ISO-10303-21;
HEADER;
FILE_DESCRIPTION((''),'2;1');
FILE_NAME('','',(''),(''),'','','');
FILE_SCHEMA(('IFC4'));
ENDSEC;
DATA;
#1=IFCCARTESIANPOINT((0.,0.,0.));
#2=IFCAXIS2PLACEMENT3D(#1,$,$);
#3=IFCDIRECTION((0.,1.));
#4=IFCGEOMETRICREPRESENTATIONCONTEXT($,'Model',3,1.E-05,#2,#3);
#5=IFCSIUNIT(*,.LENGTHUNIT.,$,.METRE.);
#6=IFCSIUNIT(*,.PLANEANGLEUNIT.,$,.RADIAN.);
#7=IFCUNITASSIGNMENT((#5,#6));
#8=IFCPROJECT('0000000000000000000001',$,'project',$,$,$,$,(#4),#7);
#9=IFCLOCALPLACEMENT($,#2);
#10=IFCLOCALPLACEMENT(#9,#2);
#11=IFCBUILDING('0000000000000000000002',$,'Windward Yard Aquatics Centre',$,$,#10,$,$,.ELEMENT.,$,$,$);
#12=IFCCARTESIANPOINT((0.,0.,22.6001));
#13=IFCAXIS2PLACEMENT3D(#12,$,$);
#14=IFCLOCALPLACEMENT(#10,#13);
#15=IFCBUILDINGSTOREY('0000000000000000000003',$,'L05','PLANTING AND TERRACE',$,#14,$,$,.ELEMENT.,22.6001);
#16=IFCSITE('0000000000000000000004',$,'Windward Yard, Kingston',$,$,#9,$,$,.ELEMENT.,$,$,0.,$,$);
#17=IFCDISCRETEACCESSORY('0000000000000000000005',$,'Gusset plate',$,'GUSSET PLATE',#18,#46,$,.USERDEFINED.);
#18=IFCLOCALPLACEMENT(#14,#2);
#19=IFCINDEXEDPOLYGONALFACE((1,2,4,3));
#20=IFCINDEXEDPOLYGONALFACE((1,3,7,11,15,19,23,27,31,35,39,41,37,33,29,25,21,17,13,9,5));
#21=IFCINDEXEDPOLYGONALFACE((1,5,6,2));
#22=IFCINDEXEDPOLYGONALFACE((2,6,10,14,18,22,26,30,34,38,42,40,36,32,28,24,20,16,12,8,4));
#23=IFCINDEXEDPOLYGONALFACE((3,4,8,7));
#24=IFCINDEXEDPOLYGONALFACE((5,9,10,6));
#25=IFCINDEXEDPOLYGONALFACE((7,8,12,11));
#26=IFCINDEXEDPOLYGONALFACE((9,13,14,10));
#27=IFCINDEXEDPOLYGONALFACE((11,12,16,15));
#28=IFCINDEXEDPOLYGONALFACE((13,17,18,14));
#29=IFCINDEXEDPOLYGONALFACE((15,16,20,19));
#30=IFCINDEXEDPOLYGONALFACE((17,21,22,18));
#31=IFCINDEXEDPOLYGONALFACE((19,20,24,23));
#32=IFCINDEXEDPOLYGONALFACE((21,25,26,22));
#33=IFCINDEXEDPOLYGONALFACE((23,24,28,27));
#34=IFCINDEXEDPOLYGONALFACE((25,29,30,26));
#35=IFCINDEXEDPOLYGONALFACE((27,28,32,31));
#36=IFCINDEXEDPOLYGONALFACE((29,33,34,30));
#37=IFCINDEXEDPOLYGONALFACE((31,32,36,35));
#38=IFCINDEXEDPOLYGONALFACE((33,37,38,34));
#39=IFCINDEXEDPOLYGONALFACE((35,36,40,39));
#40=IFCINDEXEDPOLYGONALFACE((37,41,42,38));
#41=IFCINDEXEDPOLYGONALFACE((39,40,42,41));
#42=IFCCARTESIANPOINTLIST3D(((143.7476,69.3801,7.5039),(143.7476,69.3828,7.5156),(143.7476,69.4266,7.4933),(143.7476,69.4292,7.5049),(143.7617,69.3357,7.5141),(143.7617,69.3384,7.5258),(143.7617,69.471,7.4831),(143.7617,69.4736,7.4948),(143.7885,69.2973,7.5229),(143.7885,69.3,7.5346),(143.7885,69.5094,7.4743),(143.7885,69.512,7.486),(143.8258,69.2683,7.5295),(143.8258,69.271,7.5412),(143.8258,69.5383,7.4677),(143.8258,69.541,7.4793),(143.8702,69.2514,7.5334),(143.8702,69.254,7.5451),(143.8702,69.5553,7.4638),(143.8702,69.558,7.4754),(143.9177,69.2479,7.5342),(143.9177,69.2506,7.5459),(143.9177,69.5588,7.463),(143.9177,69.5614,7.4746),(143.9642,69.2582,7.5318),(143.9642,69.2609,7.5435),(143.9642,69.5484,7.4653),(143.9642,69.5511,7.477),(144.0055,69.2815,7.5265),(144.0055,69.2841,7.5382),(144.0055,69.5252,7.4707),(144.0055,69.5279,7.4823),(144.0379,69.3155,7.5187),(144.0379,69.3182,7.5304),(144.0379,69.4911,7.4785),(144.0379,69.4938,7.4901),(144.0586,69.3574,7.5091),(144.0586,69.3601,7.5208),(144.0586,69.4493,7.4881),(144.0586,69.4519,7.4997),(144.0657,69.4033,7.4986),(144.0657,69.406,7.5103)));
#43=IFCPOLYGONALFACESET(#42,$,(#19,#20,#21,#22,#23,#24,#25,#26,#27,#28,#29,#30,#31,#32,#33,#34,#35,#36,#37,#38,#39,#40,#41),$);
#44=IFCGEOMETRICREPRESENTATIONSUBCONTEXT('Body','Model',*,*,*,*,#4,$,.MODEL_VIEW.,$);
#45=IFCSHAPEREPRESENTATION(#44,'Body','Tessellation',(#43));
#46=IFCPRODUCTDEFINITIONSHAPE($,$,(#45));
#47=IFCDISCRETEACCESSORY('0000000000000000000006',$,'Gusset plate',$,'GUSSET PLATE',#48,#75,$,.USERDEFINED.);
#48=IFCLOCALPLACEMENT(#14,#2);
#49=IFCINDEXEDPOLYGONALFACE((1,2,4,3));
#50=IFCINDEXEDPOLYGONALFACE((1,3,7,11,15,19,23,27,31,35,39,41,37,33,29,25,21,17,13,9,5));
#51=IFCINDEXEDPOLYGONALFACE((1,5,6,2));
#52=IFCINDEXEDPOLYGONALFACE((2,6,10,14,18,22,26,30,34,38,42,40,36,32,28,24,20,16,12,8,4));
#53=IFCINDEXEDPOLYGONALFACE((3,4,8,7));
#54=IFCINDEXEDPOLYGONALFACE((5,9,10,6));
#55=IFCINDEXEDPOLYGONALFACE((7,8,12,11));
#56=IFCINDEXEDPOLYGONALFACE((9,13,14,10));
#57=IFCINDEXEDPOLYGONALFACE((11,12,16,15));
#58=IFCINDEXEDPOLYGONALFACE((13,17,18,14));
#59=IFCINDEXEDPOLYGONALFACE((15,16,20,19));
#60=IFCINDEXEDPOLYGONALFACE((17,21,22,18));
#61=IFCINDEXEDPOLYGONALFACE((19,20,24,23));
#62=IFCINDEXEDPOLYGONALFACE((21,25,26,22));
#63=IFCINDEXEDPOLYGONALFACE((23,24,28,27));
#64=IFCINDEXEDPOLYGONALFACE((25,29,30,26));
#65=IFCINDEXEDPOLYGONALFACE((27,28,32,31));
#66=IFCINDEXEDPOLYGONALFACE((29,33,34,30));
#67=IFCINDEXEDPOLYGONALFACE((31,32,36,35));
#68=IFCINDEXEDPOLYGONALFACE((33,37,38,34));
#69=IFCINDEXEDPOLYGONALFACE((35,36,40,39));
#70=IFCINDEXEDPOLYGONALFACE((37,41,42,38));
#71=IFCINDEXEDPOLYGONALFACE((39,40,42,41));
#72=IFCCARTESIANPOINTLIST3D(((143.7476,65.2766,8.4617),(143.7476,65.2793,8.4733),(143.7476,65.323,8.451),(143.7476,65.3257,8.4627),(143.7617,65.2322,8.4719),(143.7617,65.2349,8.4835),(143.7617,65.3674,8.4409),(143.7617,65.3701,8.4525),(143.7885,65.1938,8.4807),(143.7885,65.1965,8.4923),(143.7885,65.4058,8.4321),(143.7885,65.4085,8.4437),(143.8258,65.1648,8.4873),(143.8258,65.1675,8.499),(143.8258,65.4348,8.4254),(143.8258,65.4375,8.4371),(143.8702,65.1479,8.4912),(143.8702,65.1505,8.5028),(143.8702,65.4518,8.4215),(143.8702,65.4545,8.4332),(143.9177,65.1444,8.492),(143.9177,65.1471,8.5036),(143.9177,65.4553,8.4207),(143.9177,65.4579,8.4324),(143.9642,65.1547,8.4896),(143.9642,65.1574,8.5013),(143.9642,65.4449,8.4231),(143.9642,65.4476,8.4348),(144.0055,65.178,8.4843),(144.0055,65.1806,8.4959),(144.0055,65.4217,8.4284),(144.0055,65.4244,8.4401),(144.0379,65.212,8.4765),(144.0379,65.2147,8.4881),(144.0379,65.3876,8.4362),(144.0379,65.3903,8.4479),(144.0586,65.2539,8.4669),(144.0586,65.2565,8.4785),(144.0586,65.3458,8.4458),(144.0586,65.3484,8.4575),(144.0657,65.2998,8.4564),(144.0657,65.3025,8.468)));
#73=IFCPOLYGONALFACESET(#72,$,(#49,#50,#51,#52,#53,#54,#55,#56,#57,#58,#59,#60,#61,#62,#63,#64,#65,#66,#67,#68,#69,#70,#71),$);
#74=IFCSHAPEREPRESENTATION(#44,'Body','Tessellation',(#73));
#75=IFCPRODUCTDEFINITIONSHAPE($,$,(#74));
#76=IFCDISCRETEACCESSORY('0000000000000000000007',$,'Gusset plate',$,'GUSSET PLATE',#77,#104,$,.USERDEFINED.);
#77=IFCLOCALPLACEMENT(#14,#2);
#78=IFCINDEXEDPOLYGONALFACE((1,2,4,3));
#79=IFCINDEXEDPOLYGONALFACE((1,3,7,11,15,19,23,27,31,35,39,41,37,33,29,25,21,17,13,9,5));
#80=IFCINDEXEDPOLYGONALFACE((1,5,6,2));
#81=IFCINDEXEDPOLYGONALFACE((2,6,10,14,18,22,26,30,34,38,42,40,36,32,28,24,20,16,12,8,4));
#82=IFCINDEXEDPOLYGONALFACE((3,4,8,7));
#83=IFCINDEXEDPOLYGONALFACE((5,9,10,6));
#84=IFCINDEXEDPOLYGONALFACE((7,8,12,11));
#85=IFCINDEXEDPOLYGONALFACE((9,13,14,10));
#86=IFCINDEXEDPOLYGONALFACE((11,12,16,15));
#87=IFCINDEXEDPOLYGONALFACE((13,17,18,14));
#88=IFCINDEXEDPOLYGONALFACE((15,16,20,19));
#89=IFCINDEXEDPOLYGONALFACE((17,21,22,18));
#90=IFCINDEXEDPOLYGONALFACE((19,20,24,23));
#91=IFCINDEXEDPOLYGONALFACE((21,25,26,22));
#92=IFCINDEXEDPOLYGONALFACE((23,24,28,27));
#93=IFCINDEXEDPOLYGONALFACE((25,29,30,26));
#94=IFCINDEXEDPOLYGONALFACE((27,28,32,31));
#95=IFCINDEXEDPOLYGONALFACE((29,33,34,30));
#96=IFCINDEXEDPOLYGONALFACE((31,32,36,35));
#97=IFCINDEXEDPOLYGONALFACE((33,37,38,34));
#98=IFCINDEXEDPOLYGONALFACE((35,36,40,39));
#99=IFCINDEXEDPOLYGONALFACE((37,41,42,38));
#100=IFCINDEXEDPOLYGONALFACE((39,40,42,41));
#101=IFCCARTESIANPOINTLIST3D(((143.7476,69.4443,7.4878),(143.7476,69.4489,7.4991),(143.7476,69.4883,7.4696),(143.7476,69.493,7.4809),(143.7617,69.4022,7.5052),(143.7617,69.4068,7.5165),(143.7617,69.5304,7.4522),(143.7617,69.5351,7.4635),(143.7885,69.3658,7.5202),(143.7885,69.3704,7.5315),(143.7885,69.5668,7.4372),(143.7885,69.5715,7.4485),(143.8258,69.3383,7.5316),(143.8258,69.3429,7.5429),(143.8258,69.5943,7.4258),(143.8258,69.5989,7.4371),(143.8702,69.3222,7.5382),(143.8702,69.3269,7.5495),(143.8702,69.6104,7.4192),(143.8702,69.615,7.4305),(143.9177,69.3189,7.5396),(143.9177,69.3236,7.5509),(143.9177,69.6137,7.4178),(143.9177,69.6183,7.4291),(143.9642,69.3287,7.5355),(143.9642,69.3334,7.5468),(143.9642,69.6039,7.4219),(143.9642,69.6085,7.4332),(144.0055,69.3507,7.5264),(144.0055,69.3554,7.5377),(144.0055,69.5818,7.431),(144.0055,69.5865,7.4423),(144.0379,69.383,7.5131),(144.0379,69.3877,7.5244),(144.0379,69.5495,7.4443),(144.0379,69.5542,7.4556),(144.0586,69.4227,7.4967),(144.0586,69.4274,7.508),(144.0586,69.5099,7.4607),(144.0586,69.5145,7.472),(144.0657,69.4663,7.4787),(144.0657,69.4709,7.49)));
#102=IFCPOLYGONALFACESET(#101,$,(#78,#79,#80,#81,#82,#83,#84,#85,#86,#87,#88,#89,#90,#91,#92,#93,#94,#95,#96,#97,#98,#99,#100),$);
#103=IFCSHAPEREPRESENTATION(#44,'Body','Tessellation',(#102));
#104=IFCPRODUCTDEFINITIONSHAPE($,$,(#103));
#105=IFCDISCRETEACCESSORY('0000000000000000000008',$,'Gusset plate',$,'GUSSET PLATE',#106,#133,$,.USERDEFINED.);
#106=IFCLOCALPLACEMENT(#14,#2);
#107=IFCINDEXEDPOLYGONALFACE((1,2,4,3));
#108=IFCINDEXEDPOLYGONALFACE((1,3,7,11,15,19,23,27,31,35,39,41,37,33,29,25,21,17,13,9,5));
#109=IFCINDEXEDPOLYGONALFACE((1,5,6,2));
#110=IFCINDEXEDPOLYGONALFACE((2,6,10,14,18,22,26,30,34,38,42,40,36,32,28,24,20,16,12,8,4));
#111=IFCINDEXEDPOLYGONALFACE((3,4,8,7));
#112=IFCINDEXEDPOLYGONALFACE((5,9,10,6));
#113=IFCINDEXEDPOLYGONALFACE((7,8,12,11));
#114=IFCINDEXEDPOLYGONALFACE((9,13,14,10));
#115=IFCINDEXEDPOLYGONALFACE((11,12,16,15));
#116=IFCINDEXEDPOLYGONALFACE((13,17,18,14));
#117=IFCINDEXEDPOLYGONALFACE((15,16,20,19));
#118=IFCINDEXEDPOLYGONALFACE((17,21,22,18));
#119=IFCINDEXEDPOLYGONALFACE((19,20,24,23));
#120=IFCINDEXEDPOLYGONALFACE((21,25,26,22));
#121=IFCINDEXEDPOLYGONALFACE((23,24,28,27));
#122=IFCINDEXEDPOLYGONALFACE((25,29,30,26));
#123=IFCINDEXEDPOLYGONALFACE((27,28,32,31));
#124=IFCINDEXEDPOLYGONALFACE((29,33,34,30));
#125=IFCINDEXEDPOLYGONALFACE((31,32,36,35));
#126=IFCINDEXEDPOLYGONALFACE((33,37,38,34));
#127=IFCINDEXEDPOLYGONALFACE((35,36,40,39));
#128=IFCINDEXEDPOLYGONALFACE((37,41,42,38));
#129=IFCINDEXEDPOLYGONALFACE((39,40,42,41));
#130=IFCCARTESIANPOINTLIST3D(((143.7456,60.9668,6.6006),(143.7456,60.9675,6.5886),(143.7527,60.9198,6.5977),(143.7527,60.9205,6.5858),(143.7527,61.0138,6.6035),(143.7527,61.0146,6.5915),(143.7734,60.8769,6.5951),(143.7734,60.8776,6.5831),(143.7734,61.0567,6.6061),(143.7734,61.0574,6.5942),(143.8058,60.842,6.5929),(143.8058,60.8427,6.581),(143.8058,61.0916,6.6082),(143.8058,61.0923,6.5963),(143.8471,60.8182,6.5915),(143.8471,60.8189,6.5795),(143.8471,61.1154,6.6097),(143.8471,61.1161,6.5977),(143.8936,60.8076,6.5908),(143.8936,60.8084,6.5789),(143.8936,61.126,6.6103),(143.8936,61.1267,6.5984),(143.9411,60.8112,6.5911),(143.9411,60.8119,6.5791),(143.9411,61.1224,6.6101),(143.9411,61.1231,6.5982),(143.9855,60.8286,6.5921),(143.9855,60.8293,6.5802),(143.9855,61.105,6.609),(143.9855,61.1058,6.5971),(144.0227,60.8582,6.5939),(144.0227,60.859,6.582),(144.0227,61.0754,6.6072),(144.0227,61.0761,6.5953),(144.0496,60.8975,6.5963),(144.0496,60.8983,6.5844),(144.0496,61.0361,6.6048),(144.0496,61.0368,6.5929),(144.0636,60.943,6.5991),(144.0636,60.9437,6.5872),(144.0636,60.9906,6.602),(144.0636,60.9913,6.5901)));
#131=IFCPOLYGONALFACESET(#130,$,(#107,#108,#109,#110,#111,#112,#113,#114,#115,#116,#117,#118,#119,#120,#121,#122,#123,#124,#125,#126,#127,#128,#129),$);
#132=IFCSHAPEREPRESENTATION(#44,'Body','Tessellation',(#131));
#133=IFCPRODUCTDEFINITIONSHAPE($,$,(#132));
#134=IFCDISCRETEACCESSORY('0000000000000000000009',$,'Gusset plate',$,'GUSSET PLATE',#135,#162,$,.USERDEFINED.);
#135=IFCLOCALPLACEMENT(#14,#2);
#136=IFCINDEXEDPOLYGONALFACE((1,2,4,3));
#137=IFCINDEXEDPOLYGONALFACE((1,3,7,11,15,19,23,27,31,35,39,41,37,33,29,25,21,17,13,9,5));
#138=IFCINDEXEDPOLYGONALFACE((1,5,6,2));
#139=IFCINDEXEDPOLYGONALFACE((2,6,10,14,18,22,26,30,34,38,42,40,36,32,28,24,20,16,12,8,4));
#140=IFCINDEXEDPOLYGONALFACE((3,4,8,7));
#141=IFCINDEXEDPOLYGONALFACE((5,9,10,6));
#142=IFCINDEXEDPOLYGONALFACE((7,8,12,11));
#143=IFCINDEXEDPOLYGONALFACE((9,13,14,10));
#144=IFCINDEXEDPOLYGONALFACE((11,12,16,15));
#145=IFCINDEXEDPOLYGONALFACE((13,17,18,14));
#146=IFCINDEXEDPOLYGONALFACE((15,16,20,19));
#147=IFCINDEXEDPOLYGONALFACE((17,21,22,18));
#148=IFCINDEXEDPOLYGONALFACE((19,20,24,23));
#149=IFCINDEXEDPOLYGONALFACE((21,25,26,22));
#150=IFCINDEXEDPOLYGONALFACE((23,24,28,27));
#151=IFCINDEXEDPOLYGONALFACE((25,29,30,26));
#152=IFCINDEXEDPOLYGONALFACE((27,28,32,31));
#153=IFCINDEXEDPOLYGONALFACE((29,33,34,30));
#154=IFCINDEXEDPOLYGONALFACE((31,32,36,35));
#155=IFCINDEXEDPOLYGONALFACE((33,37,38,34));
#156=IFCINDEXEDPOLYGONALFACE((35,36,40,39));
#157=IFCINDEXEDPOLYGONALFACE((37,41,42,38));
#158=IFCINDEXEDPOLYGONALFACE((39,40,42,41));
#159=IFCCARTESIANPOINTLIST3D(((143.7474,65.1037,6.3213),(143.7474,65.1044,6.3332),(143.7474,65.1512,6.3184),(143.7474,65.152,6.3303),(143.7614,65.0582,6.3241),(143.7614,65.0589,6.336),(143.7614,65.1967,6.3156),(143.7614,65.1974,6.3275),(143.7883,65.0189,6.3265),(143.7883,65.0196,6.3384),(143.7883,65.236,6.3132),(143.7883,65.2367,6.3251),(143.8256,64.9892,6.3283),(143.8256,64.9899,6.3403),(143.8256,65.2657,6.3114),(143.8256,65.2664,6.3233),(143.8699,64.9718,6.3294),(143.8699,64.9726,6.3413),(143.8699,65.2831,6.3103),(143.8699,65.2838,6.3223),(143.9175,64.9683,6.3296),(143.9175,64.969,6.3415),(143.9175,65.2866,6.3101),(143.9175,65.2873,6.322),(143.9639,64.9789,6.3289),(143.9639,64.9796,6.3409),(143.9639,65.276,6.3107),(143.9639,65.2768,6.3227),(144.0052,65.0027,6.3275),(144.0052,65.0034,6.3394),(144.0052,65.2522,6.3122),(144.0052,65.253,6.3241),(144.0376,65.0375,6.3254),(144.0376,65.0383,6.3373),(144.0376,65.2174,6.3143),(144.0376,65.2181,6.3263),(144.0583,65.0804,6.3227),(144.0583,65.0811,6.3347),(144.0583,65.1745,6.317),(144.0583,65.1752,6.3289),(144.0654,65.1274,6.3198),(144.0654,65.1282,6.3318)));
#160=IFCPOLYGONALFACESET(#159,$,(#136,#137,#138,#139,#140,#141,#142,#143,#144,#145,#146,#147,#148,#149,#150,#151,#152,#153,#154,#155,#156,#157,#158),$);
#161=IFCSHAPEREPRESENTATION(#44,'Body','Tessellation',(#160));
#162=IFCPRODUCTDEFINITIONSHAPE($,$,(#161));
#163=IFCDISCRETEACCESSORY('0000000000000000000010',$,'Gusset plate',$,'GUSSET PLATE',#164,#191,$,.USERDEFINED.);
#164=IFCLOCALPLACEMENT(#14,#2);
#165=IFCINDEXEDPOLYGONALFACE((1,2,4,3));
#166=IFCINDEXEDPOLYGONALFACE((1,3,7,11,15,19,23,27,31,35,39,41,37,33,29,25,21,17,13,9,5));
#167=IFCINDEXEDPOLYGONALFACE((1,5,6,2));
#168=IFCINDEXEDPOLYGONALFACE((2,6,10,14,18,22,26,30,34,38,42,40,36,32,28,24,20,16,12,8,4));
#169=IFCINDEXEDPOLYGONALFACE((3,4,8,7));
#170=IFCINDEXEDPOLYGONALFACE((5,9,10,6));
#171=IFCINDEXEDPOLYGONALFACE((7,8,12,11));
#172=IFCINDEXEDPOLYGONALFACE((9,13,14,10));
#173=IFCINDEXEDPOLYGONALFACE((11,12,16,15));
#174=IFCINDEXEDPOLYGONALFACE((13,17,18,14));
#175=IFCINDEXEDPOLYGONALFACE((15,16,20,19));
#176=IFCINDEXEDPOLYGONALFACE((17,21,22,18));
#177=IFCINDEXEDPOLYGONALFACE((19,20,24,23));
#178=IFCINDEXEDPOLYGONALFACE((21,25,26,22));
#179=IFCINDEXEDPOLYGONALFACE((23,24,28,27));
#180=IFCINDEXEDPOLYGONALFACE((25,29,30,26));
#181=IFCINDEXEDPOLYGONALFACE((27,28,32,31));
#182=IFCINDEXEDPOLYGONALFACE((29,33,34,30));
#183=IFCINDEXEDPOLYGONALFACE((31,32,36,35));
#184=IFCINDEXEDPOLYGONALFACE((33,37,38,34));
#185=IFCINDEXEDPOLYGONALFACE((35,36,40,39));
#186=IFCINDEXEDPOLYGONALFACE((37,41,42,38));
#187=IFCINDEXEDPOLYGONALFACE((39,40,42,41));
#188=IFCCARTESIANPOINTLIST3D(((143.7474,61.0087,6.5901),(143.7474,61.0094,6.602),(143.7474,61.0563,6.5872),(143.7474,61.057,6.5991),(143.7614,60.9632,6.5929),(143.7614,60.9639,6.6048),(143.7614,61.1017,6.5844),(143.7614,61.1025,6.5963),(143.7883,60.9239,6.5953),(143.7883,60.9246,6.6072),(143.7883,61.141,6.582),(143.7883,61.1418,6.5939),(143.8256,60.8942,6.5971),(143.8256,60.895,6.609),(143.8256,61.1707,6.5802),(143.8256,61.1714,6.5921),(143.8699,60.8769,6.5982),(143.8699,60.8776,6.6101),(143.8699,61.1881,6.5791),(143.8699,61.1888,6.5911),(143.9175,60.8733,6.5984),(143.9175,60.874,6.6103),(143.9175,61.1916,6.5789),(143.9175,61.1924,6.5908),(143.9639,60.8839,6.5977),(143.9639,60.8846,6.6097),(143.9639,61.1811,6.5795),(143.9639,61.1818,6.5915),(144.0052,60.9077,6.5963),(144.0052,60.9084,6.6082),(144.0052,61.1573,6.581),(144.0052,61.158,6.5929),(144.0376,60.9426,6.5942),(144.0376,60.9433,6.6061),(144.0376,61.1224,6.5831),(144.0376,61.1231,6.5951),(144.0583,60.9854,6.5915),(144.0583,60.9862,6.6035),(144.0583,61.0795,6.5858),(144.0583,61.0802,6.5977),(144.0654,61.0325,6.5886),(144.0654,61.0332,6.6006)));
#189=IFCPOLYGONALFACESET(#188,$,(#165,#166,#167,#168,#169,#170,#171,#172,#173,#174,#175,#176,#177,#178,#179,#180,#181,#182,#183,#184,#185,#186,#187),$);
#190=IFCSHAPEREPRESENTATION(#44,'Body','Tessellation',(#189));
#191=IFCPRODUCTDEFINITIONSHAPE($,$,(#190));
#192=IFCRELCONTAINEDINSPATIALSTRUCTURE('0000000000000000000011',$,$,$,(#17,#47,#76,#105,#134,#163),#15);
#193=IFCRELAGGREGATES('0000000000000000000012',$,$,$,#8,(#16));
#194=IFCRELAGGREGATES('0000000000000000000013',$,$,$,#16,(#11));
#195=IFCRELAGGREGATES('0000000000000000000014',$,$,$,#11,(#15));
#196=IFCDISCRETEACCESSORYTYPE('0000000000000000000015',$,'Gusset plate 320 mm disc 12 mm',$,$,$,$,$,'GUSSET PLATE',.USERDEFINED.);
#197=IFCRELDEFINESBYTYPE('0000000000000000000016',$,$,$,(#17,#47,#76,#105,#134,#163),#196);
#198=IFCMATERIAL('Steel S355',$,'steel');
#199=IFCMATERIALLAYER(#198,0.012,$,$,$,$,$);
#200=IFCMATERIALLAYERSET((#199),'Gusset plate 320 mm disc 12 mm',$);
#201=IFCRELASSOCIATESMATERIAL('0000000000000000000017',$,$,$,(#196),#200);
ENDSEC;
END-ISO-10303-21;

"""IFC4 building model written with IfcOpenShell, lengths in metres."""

from ifc_helpers import new_model, si_unit, direction, frame, origin, origin_2d, place, context, subcontext, project, spatial, circle, extrude, material, layer, layer_set, type_object, element, save


model = new_model("IFC4")

# Units and contexts
model_context = context("Model", 3, precision=1e-05, world=origin(), true_north=direction((0.0, 1.0)))
body_context = subcontext(model_context, "Body", "Model", "MODEL_VIEW")
ifc_project = project(units=[si_unit("LENGTHUNIT", "METRE"), si_unit("PLANEANGLEUNIT", "RADIAN")], contexts=[model_context])

# Site, building, storey
site_placement = place(None, origin())
site = spatial("IfcSite", under=ifc_project, at=site_placement, Name="Windward Yard, Kingston", CompositionType="ELEMENT", RefElevation=0.0)
building_placement = place(site_placement, origin())
building = spatial("IfcBuilding", under=site, at=building_placement, Name="Windward Yard Aquatics Centre", CompositionType="ELEMENT")
storey_placement = place(building_placement, frame((0.0, 0.0, 22.6001)))
storey = spatial("IfcBuildingStorey", under=building, at=storey_placement, Name="L05", Description="PLANTING AND TERRACE", CompositionType="ELEMENT", Elevation=22.6001)

# Discrete accessories
ifc_material_1 = material(Name="Steel S355", Category="steel")
ifc_layer_1 = layer(ifc_material_1, 0.012)
ifc_layer_set_1 = layer_set([ifc_layer_1], Name="Gusset plate 320 mm disc 12 mm")
discrete_accessory_type = type_object("IfcDiscreteAccessoryType", Name="Gusset plate 320 mm disc 12 mm", ElementType="GUSSET PLATE", PredefinedType="USERDEFINED", material=ifc_layer_set_1)
for number, where, z_axis, x_axis, name in (
    (1, (143.9058, 69.406, 7.5103), (0.0, -0.223376, -0.974732), (1.0, 0.0, 0.0), "Gusset plate"),
    (2, (143.9058, 65.3025, 8.468), (0.0, -0.223376, -0.974732), (1.0, 0.0, 0.0), "Gusset plate"),
):
    element("IfcDiscreteAccessory", number, at=place(storey_placement, frame(where, z_axis=z_axis, x_axis=x_axis)), inside=storey, type_object=discrete_accessory_type, Name=name, ObjectType="GUSSET PLATE", PredefinedType="USERDEFINED", context=body_context, shape_type="SweptSolid", body=[
        extrude(circle(Radius=0.1599, at=origin_2d()), origin(), (0.0, 0.0, 1.0), 0.012),
    ])
discrete_accessory_1_placement = place(storey_placement, frame((143.9058, 69.4709, 7.49), z_axis=(0.0, -0.38176, -0.924261), x_axis=(1.0, 0.0, 0.0)))
element("IfcDiscreteAccessory", 3, at=discrete_accessory_1_placement, inside=storey, type_object=discrete_accessory_type, Name="Gusset plate", ObjectType="GUSSET PLATE", PredefinedType="USERDEFINED", context=body_context, shape_type="SweptSolid", body=[
    extrude(circle(Radius=0.1599, at=origin_2d()), origin(), (0.0, 0.0, 1.0), 0.0122),
])
for number, where, z_axis, x_axis, name in (
    (4, (143.9055, 60.9668, 6.6006), (0.0, 0.06111, -0.998131), (-1.0, 0.0, 0.0), "Gusset plate"),
    (5, (143.9055, 65.1282, 6.3318), (0.0, -0.06111, -0.998131), (1.0, 0.0, 0.0), "Gusset plate"),
    (6, (143.9055, 61.0332, 6.6006), (0.0, -0.06111, -0.998131), (1.0, 0.0, 0.0), "Gusset plate"),
):
    element("IfcDiscreteAccessory", number, at=place(storey_placement, frame(where, z_axis=z_axis, x_axis=x_axis)), inside=storey, type_object=discrete_accessory_type, Name=name, ObjectType="GUSSET PLATE", PredefinedType="USERDEFINED", context=body_context, shape_type="SweptSolid", body=[
        extrude(circle(Radius=0.1599, at=origin_2d()), origin(), (0.0, 0.0, 1.0), 0.012),
    ])

save(model, "model.ifc")
